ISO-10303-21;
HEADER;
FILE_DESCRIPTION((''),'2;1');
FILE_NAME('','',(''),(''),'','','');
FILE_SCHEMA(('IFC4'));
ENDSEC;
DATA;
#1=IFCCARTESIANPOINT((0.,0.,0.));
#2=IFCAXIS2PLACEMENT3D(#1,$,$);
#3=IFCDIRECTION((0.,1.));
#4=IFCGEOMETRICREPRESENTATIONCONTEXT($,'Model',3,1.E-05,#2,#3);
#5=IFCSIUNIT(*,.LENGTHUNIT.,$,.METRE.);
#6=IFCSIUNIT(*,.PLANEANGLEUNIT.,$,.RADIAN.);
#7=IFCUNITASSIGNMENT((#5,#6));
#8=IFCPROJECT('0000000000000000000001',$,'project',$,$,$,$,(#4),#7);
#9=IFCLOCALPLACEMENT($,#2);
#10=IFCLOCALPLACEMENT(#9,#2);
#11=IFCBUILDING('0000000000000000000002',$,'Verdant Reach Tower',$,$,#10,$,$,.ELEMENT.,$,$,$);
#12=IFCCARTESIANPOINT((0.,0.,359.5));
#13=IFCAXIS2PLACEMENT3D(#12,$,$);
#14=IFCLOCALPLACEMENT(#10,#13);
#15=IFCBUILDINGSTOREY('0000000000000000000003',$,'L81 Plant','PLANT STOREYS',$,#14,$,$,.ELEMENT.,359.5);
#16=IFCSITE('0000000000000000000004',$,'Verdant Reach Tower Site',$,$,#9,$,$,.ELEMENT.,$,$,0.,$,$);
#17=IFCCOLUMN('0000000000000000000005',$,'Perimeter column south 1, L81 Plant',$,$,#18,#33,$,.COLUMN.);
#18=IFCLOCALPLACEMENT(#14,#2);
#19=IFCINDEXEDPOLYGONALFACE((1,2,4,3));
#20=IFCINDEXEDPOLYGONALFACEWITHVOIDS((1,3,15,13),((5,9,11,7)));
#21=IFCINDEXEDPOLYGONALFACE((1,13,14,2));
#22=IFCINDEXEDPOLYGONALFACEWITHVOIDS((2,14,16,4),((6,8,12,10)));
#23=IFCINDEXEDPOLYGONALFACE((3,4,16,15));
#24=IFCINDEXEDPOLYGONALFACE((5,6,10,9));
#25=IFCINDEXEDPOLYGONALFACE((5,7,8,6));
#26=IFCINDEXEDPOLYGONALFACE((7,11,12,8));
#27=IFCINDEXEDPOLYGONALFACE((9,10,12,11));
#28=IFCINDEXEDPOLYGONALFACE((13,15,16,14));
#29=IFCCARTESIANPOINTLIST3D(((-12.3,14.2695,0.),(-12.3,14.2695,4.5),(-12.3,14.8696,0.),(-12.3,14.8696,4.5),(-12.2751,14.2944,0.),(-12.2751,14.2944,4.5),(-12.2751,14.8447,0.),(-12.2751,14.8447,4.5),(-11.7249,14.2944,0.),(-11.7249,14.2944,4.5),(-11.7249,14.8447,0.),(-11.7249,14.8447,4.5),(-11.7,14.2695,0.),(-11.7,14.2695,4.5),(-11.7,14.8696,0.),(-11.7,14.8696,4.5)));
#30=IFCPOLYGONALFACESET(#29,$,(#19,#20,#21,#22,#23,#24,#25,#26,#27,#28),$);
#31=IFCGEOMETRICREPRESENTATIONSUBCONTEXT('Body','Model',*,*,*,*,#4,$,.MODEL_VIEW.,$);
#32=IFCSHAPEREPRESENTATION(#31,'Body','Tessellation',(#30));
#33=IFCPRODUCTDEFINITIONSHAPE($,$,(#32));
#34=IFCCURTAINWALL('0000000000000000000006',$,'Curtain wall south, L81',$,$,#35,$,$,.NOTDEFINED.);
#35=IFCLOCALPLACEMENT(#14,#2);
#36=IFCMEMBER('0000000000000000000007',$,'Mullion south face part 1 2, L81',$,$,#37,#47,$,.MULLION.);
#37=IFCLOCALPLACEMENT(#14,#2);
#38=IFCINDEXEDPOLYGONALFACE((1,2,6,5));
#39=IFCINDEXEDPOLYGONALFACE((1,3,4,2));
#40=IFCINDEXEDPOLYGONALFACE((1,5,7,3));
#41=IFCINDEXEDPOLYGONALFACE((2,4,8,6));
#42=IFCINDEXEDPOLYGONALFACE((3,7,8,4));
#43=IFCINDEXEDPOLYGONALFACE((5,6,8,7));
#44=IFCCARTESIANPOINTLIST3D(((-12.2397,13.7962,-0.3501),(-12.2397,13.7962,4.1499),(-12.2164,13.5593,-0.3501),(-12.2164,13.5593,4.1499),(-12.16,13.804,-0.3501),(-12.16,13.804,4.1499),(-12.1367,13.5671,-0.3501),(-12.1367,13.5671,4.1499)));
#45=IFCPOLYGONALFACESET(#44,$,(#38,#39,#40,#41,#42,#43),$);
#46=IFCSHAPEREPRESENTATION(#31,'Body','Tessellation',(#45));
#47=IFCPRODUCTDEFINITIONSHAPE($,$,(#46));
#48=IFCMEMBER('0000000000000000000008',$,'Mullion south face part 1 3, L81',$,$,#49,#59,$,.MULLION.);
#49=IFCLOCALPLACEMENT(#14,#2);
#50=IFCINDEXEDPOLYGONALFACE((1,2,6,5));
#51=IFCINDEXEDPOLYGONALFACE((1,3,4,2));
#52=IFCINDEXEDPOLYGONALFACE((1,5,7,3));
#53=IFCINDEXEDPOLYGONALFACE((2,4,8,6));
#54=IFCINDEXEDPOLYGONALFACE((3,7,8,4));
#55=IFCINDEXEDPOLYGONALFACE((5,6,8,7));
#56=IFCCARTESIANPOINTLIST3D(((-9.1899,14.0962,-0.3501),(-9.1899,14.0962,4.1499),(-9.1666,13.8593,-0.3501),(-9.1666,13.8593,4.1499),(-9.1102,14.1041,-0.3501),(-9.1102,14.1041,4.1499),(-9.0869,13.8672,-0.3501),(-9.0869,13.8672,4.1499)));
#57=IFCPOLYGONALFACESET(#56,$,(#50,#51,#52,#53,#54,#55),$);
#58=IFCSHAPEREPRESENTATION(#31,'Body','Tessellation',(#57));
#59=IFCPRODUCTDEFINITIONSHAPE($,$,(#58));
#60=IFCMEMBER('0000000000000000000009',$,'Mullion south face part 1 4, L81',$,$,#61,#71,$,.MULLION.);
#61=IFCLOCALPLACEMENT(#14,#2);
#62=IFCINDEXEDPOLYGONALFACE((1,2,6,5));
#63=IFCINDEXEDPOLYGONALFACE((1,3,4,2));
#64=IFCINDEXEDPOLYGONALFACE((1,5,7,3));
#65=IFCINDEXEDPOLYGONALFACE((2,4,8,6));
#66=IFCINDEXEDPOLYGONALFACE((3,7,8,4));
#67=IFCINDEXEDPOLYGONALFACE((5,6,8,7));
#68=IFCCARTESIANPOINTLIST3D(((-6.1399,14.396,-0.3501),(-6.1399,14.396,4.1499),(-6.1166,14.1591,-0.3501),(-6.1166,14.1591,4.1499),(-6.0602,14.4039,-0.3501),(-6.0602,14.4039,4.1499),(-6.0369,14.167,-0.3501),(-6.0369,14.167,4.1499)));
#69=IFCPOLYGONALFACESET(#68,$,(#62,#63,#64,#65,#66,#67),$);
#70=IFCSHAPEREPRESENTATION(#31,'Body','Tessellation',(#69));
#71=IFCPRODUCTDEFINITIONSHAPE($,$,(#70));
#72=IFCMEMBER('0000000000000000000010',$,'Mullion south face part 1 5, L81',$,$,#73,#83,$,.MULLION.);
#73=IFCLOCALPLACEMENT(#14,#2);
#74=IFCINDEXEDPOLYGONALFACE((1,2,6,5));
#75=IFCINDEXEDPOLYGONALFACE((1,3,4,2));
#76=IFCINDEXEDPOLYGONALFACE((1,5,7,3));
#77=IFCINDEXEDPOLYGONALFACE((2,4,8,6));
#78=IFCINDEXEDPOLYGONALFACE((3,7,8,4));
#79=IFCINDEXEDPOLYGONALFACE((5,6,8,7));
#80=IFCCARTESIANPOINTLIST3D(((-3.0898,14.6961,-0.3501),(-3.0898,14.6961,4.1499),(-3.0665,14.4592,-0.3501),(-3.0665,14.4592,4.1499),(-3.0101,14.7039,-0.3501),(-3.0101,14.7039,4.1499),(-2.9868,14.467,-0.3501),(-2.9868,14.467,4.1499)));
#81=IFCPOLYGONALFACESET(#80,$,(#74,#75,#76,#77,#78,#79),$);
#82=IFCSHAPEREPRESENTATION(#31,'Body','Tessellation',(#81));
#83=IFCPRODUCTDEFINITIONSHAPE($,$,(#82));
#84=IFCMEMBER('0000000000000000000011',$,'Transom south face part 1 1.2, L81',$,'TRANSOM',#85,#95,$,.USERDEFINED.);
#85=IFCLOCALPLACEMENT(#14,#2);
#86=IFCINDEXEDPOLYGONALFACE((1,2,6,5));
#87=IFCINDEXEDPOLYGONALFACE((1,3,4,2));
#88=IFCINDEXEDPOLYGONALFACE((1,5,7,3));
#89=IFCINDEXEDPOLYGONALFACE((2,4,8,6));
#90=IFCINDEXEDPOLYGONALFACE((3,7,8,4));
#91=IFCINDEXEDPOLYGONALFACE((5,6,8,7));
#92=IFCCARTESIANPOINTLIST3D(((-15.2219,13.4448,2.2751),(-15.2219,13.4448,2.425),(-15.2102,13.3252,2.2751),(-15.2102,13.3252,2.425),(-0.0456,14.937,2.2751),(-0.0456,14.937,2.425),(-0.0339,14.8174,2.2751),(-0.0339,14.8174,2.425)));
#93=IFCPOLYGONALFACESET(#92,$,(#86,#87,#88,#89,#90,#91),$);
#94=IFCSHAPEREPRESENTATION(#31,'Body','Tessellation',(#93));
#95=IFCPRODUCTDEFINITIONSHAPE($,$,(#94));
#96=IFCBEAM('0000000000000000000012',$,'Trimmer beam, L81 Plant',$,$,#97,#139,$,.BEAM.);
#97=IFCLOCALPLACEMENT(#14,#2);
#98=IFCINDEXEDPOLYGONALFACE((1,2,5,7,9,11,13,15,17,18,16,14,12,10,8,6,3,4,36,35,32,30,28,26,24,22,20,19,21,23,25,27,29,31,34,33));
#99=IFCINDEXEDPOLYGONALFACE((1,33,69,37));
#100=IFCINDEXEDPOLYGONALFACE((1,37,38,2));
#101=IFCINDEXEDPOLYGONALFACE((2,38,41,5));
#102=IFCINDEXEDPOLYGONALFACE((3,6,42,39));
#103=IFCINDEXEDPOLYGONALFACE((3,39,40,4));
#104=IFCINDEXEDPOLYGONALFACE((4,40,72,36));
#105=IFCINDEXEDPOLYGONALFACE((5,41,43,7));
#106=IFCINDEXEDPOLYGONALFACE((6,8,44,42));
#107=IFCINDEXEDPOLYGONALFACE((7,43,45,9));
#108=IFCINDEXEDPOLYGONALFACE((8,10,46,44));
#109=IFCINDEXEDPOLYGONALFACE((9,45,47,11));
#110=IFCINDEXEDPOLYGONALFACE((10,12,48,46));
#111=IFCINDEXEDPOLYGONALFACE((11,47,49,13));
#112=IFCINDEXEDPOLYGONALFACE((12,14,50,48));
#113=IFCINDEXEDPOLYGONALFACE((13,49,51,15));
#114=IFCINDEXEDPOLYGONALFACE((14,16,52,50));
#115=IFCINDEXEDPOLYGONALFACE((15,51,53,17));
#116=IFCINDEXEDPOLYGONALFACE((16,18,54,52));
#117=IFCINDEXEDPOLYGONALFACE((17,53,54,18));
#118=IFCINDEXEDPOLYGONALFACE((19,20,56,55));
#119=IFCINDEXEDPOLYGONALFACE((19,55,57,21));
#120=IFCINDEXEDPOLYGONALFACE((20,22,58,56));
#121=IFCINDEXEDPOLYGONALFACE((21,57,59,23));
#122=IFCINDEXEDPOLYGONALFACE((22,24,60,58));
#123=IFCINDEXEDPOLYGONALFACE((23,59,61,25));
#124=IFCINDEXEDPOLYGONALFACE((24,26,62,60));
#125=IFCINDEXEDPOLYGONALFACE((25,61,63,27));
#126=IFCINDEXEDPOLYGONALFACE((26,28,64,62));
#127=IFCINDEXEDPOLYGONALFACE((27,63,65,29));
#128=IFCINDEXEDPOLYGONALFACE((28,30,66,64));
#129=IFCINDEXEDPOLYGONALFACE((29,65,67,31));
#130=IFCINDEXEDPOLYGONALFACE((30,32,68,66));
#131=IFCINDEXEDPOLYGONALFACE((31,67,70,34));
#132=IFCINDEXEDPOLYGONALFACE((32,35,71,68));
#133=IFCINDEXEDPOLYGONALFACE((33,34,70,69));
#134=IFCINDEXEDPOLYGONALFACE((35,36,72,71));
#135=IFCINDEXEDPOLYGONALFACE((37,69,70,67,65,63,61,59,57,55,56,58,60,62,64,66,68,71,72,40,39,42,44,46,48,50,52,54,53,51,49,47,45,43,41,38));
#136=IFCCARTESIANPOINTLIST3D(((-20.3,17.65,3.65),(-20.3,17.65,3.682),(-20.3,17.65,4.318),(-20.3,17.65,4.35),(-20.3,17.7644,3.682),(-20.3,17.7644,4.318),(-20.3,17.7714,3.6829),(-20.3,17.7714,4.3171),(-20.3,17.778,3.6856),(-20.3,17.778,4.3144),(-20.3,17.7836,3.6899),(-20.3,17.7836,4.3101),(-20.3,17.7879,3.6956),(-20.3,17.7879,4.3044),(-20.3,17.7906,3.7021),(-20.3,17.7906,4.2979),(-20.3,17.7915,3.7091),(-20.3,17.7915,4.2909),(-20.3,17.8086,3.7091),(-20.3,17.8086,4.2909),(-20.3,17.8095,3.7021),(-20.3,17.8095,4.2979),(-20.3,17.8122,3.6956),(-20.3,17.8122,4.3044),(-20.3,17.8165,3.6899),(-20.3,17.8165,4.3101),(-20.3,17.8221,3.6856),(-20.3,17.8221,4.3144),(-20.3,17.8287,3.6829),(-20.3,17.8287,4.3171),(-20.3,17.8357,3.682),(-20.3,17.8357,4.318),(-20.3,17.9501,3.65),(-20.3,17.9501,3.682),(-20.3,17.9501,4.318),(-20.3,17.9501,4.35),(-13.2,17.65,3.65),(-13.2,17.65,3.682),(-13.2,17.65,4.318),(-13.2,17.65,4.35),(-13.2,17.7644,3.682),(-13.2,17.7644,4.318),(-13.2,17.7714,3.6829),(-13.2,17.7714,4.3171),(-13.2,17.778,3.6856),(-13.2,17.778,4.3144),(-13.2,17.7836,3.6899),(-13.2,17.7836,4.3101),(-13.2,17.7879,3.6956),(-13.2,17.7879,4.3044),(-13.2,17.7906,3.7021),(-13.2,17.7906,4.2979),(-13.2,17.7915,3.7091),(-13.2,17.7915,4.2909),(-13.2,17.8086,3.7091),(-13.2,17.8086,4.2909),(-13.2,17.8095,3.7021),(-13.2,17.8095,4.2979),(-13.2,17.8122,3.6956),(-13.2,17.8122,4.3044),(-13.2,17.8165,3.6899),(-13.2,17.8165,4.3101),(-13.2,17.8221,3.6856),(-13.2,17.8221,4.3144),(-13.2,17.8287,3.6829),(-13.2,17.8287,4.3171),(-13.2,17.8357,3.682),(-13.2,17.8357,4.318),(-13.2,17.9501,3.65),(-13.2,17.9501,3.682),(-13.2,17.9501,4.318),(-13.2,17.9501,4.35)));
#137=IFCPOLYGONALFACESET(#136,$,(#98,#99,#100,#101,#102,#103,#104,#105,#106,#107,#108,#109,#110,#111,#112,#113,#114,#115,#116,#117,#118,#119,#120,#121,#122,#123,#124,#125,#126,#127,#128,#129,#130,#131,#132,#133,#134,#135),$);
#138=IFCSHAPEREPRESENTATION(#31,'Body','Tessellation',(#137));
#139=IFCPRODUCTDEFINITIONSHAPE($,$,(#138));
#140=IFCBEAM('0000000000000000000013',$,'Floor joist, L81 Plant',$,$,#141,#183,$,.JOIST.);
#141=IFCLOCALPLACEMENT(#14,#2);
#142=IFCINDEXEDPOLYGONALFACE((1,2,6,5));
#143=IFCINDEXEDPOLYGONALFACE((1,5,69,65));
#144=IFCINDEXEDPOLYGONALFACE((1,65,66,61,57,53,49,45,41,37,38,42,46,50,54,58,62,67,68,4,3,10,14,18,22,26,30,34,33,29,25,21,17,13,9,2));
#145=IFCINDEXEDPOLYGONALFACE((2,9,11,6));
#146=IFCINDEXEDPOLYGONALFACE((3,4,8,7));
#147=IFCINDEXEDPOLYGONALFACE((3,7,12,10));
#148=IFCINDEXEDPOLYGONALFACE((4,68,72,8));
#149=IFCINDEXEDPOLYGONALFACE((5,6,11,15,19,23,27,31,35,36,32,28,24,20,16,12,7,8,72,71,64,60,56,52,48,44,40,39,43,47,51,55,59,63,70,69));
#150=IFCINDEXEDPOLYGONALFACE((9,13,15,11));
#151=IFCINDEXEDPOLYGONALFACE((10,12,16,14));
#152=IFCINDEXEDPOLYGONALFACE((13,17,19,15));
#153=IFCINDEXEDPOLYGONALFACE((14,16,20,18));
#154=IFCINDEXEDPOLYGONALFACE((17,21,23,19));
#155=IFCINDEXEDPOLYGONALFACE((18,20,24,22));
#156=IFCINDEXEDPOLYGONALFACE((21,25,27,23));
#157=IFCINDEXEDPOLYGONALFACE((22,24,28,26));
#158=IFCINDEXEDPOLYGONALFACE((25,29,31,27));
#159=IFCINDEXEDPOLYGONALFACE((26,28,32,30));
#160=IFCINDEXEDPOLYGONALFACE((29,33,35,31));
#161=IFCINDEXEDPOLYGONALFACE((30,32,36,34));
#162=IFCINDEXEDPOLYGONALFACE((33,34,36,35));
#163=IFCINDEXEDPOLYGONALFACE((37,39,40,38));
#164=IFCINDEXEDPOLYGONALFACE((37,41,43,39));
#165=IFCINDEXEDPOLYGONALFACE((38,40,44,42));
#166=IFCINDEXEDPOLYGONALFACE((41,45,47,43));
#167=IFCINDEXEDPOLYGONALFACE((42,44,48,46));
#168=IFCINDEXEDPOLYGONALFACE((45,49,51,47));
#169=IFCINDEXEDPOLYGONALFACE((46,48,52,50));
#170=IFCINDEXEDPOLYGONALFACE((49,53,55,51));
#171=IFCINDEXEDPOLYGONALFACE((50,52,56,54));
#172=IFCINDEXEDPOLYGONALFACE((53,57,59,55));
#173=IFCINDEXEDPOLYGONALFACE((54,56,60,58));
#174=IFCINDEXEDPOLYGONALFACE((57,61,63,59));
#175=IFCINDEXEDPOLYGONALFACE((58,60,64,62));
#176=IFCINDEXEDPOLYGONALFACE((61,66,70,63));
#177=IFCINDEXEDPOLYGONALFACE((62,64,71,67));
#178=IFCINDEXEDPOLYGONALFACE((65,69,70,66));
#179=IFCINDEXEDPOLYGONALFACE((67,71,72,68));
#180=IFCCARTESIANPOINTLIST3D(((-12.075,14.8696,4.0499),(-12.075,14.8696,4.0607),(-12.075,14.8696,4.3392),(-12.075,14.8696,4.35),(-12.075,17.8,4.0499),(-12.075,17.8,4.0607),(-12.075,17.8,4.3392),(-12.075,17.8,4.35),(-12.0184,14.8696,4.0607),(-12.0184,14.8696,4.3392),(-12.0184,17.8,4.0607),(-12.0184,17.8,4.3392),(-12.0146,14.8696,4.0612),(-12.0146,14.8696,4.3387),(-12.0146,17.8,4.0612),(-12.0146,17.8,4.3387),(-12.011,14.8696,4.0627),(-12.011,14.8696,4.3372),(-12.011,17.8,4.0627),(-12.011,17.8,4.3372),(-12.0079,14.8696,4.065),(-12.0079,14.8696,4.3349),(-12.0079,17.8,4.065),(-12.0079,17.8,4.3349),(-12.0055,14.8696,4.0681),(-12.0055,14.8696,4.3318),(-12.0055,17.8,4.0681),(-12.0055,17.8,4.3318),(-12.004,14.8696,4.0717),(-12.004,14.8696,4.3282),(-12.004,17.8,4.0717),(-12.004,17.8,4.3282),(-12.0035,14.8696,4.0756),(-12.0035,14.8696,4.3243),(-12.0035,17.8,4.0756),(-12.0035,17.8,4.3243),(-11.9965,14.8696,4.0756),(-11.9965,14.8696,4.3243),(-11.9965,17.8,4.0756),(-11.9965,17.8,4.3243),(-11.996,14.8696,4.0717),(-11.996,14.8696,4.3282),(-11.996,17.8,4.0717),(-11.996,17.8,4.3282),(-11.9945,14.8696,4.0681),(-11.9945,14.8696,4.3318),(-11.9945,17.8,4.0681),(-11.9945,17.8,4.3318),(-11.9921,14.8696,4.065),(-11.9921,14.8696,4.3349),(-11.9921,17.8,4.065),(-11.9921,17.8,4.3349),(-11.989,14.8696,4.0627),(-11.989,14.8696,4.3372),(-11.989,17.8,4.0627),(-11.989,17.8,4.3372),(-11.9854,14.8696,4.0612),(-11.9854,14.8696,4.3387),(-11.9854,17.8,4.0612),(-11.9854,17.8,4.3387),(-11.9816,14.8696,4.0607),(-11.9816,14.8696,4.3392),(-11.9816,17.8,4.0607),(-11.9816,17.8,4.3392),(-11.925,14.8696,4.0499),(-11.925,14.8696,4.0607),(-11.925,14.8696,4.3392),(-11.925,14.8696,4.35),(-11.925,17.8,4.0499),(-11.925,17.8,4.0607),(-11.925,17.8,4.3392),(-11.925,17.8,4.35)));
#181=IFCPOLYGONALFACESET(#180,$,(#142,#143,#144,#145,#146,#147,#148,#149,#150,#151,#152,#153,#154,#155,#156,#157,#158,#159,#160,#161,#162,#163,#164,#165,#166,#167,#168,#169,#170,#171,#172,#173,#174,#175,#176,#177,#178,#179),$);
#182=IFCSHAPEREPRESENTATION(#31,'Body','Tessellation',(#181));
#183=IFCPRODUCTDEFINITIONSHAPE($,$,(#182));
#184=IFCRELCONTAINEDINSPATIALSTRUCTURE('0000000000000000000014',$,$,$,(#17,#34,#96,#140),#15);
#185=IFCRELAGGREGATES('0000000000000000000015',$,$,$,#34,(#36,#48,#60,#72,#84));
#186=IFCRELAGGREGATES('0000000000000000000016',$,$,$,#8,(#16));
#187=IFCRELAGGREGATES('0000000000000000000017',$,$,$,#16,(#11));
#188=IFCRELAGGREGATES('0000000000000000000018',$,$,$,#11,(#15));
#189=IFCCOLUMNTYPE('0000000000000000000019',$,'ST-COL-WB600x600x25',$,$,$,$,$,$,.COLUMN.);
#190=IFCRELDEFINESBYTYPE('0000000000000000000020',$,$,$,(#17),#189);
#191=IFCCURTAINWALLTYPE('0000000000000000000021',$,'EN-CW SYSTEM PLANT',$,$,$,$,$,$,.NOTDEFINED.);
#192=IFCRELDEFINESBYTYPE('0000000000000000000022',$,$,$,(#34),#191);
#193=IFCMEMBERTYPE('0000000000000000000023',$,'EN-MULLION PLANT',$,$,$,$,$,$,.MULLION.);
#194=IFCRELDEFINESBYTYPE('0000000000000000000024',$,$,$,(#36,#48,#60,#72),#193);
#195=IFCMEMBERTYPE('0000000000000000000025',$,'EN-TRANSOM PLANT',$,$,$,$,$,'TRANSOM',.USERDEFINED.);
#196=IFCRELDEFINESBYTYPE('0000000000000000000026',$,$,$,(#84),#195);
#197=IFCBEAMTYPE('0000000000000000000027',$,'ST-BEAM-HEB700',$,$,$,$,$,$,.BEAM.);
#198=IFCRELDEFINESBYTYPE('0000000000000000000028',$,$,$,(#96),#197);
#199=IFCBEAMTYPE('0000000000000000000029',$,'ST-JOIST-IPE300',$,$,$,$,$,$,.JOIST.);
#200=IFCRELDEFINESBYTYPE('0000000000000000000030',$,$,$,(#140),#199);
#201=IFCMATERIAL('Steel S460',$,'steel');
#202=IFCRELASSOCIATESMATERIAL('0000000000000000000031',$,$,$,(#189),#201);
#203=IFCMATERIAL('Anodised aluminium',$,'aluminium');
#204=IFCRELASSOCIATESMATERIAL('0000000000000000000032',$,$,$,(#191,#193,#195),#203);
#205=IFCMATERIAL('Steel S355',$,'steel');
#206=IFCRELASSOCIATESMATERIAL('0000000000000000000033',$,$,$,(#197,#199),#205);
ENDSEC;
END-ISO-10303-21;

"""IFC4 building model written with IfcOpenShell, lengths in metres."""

from ifc_helpers import new_model, si_unit, direction, frame, origin, origin_2d, place, context, subcontext, project, spatial, rectangle, hollow_rectangle, i_section, extrude, material, material_profile, profile_set, type_object, element, aggregate, save


model = new_model("IFC4")

# Units and contexts
model_context = context("Model", 3, precision=1e-05, world=origin(), true_north=direction((0.0, 1.0)))
body_context = subcontext(model_context, "Body", "Model", "MODEL_VIEW")
ifc_project = project(units=[si_unit("LENGTHUNIT", "METRE"), si_unit("PLANEANGLEUNIT", "RADIAN")], contexts=[model_context])

# Site, building, storey
site_placement = place(None, origin())
site = spatial("IfcSite", under=ifc_project, at=site_placement, Name="Verdant Reach Tower Site", CompositionType="ELEMENT", RefElevation=0.0)
building_placement = place(site_placement, origin())
building = spatial("IfcBuilding", under=site, at=building_placement, Name="Verdant Reach Tower", CompositionType="ELEMENT")
storey_placement = place(building_placement, frame((0.0, 0.0, 359.5)))
storey = spatial("IfcBuildingStorey", under=building, at=storey_placement, Name="L81 Plant", Description="PLANT STOREYS", CompositionType="ELEMENT", Elevation=359.5)

# Column
ifc_material_1 = material(Name="Steel S460", Category="steel")
ifc_material_profile_1 = material_profile(ifc_material_1, hollow_rectangle(XDim=0.6001, YDim=0.6001, WallThickness=0.0249, at=origin_2d()), Name="WB 600x600x25")
ifc_profile_set_1 = profile_set([ifc_material_profile_1], Name="Steel S460")
column_type = type_object("IfcColumnType", Name="ST-COL-WB600x600x25", PredefinedType="COLUMN", material=ifc_profile_set_1)
column_placement = place(storey_placement, frame((-12.0, 14.5696, 0.0), z_axis=(0.0, 0.0, 1.0), x_axis=(1.0, 0.0, 0.0)))
element("IfcColumn", 1, at=column_placement, inside=storey, type_object=column_type, Name="Perimeter column south 1, L81 Plant", PredefinedType="COLUMN", context=body_context, shape_type="SweptSolid", body=[
    extrude(hollow_rectangle(XDim=0.6001, YDim=0.6001, WallThickness=0.0249, at=origin_2d()), origin(), (0.0, 0.0, 1.0), 4.5),
])

# Curtain wall, members
ifc_material_2 = material(Name="Anodised aluminium", Category="aluminium")
curtain_wall_type = type_object("IfcCurtainWallType", Name="EN-CW SYSTEM PLANT", PredefinedType="NOTDEFINED", material=ifc_material_2)
curtain_wall_placement = place(storey_placement, origin())
curtain_wall = element("IfcCurtainWall", 2, at=curtain_wall_placement, inside=storey, type_object=curtain_wall_type, Name="Curtain wall south, L81", PredefinedType="NOTDEFINED")
ifc_material_profile_2 = material_profile(ifc_material_2, rectangle(XDim=0.238, YDim=0.0801, at=origin_2d()), Name="Mullion 80x240")
ifc_profile_set_2 = profile_set([ifc_material_profile_2], Name="Anodised aluminium")
member_type_1 = type_object("IfcMemberType", Name="EN-MULLION PLANT", PredefinedType="MULLION", material=ifc_profile_set_2)
member_1_placement = place(storey_placement, frame((-12.1882, 13.6816, -0.3501), z_axis=(0.0, 0.0, 1.0), x_axis=(0.097888, -0.995197, 0.0)))
member_1 = element("IfcMember", 3, at=member_1_placement, type_object=member_type_1, Name="Mullion south face part 1 2, L81", PredefinedType="MULLION", context=body_context, shape_type="SweptSolid", body=[
    extrude(rectangle(XDim=0.238, YDim=0.0801, at=origin_2d()), origin(), (0.0, 0.0, 1.0), 4.5),
])
member_2_placement = place(storey_placement, frame((-9.1384, 13.9817, -0.3501), z_axis=(0.0, 0.0, 1.0), x_axis=(0.097888, -0.995197, 0.0)))
member_2 = element("IfcMember", 4, at=member_2_placement, type_object=member_type_1, Name="Mullion south face part 1 3, L81", PredefinedType="MULLION", context=body_context, shape_type="SweptSolid", body=[
    extrude(rectangle(XDim=0.238, YDim=0.0801, at=origin_2d()), origin(), (0.0, 0.0, 1.0), 4.5),
])
member_3_placement = place(storey_placement, frame((-6.0884, 14.2815, -0.3501), z_axis=(0.0, 0.0, 1.0), x_axis=(0.097888, -0.995197, 0.0)))
member_3 = element("IfcMember", 5, at=member_3_placement, type_object=member_type_1, Name="Mullion south face part 1 4, L81", PredefinedType="MULLION", context=body_context, shape_type="SweptSolid", body=[
    extrude(rectangle(XDim=0.238, YDim=0.0801, at=origin_2d()), origin(), (0.0, 0.0, 1.0), 4.5),
])
member_4_placement = place(storey_placement, frame((-3.0383, 14.5815, -0.3501), z_axis=(0.0, 0.0, 1.0), x_axis=(0.097888, -0.995197, 0.0)))
member_4 = element("IfcMember", 6, at=member_4_placement, type_object=member_type_1, Name="Mullion south face part 1 5, L81", PredefinedType="MULLION", context=body_context, shape_type="SweptSolid", body=[
    extrude(rectangle(XDim=0.238, YDim=0.0801, at=origin_2d()), origin(), (0.0, 0.0, 1.0), 4.5),
])
ifc_material_profile_3 = material_profile(ifc_material_2, rectangle(XDim=0.1201, YDim=0.1499, at=origin_2d()), Name="Transom 150x120")
ifc_profile_set_3 = profile_set([ifc_material_profile_3], Name="Anodised aluminium")
member_type_2 = type_object("IfcMemberType", Name="EN-TRANSOM PLANT", ElementType="TRANSOM", PredefinedType="USERDEFINED", material=ifc_profile_set_3)
member_5_placement = place(storey_placement, frame((-15.2161, 13.385, 2.3501), z_axis=(0.995201, 0.097852, 0.0), x_axis=(-0.097852, 0.995201, 0.0)))
member_5 = element("IfcMember", 7, at=member_5_placement, type_object=member_type_2, Name="Transom south face part 1 1.2, L81", ObjectType="TRANSOM", PredefinedType="USERDEFINED", context=body_context, shape_type="SweptSolid", body=[
    extrude(rectangle(XDim=0.1201, YDim=0.1499, at=origin_2d()), origin(), (0.0, 0.0, 1.0), 15.2495),
])

# Beams
ifc_material_3 = material(Name="Steel S355", Category="steel")
ifc_material_profile_4 = material_profile(ifc_material_3, i_section(OverallWidth=0.3, OverallDepth=0.7, WebThickness=0.0171, FlangeThickness=0.032, FilletRadius=0.0271, at=origin_2d()), Name="HEB 700")
ifc_profile_set_4 = profile_set([ifc_material_profile_4], Name="Steel S355")
beam_type_1 = type_object("IfcBeamType", Name="ST-BEAM-HEB700", PredefinedType="BEAM", material=ifc_profile_set_4)
beam_1_placement = place(storey_placement, frame((-13.2, 17.8, 4.0), z_axis=(-1.0, 0.0, 0.0), x_axis=(0.0, -1.0, 0.0)))
element("IfcBeam", 8, at=beam_1_placement, inside=storey, type_object=beam_type_1, Name="Trimmer beam, L81 Plant", PredefinedType="BEAM", context=body_context, shape_type="SweptSolid", body=[
    extrude(i_section(OverallWidth=0.3, OverallDepth=0.7, WebThickness=0.0171, FlangeThickness=0.032, FilletRadius=0.0271, at=origin_2d()), origin(), (0.0, 0.0, 1.0), 7.1001),
])
ifc_material_profile_5 = material_profile(ifc_material_3, i_section(OverallWidth=0.1499, OverallDepth=0.3, WebThickness=0.0071, FlangeThickness=0.0107, FilletRadius=0.0149, at=origin_2d()), Name="IPE 300")
ifc_profile_set_5 = profile_set([ifc_material_profile_5], Name="Steel S355")
beam_type_2 = type_object("IfcBeamType", Name="ST-JOIST-IPE300", PredefinedType="JOIST", material=ifc_profile_set_5)
beam_2_placement = place(storey_placement, frame((-12.0, 17.8, 4.2), z_axis=(0.0, -1.0, 0.0), x_axis=(1.0, 0.0, 0.0)))
element("IfcBeam", 9, at=beam_2_placement, inside=storey, type_object=beam_type_2, Name="Floor joist, L81 Plant", PredefinedType="JOIST", context=body_context, shape_type="SweptSolid", body=[
    extrude(i_section(OverallWidth=0.1499, OverallDepth=0.3, WebThickness=0.0071, FlangeThickness=0.0107, FilletRadius=0.0149, at=origin_2d()), origin(), (0.0, 0.0, 1.0), 2.9304),
])

aggregate(curtain_wall, [member_1, member_2, member_3, member_4, member_5])

save(model, "model.ifc")
